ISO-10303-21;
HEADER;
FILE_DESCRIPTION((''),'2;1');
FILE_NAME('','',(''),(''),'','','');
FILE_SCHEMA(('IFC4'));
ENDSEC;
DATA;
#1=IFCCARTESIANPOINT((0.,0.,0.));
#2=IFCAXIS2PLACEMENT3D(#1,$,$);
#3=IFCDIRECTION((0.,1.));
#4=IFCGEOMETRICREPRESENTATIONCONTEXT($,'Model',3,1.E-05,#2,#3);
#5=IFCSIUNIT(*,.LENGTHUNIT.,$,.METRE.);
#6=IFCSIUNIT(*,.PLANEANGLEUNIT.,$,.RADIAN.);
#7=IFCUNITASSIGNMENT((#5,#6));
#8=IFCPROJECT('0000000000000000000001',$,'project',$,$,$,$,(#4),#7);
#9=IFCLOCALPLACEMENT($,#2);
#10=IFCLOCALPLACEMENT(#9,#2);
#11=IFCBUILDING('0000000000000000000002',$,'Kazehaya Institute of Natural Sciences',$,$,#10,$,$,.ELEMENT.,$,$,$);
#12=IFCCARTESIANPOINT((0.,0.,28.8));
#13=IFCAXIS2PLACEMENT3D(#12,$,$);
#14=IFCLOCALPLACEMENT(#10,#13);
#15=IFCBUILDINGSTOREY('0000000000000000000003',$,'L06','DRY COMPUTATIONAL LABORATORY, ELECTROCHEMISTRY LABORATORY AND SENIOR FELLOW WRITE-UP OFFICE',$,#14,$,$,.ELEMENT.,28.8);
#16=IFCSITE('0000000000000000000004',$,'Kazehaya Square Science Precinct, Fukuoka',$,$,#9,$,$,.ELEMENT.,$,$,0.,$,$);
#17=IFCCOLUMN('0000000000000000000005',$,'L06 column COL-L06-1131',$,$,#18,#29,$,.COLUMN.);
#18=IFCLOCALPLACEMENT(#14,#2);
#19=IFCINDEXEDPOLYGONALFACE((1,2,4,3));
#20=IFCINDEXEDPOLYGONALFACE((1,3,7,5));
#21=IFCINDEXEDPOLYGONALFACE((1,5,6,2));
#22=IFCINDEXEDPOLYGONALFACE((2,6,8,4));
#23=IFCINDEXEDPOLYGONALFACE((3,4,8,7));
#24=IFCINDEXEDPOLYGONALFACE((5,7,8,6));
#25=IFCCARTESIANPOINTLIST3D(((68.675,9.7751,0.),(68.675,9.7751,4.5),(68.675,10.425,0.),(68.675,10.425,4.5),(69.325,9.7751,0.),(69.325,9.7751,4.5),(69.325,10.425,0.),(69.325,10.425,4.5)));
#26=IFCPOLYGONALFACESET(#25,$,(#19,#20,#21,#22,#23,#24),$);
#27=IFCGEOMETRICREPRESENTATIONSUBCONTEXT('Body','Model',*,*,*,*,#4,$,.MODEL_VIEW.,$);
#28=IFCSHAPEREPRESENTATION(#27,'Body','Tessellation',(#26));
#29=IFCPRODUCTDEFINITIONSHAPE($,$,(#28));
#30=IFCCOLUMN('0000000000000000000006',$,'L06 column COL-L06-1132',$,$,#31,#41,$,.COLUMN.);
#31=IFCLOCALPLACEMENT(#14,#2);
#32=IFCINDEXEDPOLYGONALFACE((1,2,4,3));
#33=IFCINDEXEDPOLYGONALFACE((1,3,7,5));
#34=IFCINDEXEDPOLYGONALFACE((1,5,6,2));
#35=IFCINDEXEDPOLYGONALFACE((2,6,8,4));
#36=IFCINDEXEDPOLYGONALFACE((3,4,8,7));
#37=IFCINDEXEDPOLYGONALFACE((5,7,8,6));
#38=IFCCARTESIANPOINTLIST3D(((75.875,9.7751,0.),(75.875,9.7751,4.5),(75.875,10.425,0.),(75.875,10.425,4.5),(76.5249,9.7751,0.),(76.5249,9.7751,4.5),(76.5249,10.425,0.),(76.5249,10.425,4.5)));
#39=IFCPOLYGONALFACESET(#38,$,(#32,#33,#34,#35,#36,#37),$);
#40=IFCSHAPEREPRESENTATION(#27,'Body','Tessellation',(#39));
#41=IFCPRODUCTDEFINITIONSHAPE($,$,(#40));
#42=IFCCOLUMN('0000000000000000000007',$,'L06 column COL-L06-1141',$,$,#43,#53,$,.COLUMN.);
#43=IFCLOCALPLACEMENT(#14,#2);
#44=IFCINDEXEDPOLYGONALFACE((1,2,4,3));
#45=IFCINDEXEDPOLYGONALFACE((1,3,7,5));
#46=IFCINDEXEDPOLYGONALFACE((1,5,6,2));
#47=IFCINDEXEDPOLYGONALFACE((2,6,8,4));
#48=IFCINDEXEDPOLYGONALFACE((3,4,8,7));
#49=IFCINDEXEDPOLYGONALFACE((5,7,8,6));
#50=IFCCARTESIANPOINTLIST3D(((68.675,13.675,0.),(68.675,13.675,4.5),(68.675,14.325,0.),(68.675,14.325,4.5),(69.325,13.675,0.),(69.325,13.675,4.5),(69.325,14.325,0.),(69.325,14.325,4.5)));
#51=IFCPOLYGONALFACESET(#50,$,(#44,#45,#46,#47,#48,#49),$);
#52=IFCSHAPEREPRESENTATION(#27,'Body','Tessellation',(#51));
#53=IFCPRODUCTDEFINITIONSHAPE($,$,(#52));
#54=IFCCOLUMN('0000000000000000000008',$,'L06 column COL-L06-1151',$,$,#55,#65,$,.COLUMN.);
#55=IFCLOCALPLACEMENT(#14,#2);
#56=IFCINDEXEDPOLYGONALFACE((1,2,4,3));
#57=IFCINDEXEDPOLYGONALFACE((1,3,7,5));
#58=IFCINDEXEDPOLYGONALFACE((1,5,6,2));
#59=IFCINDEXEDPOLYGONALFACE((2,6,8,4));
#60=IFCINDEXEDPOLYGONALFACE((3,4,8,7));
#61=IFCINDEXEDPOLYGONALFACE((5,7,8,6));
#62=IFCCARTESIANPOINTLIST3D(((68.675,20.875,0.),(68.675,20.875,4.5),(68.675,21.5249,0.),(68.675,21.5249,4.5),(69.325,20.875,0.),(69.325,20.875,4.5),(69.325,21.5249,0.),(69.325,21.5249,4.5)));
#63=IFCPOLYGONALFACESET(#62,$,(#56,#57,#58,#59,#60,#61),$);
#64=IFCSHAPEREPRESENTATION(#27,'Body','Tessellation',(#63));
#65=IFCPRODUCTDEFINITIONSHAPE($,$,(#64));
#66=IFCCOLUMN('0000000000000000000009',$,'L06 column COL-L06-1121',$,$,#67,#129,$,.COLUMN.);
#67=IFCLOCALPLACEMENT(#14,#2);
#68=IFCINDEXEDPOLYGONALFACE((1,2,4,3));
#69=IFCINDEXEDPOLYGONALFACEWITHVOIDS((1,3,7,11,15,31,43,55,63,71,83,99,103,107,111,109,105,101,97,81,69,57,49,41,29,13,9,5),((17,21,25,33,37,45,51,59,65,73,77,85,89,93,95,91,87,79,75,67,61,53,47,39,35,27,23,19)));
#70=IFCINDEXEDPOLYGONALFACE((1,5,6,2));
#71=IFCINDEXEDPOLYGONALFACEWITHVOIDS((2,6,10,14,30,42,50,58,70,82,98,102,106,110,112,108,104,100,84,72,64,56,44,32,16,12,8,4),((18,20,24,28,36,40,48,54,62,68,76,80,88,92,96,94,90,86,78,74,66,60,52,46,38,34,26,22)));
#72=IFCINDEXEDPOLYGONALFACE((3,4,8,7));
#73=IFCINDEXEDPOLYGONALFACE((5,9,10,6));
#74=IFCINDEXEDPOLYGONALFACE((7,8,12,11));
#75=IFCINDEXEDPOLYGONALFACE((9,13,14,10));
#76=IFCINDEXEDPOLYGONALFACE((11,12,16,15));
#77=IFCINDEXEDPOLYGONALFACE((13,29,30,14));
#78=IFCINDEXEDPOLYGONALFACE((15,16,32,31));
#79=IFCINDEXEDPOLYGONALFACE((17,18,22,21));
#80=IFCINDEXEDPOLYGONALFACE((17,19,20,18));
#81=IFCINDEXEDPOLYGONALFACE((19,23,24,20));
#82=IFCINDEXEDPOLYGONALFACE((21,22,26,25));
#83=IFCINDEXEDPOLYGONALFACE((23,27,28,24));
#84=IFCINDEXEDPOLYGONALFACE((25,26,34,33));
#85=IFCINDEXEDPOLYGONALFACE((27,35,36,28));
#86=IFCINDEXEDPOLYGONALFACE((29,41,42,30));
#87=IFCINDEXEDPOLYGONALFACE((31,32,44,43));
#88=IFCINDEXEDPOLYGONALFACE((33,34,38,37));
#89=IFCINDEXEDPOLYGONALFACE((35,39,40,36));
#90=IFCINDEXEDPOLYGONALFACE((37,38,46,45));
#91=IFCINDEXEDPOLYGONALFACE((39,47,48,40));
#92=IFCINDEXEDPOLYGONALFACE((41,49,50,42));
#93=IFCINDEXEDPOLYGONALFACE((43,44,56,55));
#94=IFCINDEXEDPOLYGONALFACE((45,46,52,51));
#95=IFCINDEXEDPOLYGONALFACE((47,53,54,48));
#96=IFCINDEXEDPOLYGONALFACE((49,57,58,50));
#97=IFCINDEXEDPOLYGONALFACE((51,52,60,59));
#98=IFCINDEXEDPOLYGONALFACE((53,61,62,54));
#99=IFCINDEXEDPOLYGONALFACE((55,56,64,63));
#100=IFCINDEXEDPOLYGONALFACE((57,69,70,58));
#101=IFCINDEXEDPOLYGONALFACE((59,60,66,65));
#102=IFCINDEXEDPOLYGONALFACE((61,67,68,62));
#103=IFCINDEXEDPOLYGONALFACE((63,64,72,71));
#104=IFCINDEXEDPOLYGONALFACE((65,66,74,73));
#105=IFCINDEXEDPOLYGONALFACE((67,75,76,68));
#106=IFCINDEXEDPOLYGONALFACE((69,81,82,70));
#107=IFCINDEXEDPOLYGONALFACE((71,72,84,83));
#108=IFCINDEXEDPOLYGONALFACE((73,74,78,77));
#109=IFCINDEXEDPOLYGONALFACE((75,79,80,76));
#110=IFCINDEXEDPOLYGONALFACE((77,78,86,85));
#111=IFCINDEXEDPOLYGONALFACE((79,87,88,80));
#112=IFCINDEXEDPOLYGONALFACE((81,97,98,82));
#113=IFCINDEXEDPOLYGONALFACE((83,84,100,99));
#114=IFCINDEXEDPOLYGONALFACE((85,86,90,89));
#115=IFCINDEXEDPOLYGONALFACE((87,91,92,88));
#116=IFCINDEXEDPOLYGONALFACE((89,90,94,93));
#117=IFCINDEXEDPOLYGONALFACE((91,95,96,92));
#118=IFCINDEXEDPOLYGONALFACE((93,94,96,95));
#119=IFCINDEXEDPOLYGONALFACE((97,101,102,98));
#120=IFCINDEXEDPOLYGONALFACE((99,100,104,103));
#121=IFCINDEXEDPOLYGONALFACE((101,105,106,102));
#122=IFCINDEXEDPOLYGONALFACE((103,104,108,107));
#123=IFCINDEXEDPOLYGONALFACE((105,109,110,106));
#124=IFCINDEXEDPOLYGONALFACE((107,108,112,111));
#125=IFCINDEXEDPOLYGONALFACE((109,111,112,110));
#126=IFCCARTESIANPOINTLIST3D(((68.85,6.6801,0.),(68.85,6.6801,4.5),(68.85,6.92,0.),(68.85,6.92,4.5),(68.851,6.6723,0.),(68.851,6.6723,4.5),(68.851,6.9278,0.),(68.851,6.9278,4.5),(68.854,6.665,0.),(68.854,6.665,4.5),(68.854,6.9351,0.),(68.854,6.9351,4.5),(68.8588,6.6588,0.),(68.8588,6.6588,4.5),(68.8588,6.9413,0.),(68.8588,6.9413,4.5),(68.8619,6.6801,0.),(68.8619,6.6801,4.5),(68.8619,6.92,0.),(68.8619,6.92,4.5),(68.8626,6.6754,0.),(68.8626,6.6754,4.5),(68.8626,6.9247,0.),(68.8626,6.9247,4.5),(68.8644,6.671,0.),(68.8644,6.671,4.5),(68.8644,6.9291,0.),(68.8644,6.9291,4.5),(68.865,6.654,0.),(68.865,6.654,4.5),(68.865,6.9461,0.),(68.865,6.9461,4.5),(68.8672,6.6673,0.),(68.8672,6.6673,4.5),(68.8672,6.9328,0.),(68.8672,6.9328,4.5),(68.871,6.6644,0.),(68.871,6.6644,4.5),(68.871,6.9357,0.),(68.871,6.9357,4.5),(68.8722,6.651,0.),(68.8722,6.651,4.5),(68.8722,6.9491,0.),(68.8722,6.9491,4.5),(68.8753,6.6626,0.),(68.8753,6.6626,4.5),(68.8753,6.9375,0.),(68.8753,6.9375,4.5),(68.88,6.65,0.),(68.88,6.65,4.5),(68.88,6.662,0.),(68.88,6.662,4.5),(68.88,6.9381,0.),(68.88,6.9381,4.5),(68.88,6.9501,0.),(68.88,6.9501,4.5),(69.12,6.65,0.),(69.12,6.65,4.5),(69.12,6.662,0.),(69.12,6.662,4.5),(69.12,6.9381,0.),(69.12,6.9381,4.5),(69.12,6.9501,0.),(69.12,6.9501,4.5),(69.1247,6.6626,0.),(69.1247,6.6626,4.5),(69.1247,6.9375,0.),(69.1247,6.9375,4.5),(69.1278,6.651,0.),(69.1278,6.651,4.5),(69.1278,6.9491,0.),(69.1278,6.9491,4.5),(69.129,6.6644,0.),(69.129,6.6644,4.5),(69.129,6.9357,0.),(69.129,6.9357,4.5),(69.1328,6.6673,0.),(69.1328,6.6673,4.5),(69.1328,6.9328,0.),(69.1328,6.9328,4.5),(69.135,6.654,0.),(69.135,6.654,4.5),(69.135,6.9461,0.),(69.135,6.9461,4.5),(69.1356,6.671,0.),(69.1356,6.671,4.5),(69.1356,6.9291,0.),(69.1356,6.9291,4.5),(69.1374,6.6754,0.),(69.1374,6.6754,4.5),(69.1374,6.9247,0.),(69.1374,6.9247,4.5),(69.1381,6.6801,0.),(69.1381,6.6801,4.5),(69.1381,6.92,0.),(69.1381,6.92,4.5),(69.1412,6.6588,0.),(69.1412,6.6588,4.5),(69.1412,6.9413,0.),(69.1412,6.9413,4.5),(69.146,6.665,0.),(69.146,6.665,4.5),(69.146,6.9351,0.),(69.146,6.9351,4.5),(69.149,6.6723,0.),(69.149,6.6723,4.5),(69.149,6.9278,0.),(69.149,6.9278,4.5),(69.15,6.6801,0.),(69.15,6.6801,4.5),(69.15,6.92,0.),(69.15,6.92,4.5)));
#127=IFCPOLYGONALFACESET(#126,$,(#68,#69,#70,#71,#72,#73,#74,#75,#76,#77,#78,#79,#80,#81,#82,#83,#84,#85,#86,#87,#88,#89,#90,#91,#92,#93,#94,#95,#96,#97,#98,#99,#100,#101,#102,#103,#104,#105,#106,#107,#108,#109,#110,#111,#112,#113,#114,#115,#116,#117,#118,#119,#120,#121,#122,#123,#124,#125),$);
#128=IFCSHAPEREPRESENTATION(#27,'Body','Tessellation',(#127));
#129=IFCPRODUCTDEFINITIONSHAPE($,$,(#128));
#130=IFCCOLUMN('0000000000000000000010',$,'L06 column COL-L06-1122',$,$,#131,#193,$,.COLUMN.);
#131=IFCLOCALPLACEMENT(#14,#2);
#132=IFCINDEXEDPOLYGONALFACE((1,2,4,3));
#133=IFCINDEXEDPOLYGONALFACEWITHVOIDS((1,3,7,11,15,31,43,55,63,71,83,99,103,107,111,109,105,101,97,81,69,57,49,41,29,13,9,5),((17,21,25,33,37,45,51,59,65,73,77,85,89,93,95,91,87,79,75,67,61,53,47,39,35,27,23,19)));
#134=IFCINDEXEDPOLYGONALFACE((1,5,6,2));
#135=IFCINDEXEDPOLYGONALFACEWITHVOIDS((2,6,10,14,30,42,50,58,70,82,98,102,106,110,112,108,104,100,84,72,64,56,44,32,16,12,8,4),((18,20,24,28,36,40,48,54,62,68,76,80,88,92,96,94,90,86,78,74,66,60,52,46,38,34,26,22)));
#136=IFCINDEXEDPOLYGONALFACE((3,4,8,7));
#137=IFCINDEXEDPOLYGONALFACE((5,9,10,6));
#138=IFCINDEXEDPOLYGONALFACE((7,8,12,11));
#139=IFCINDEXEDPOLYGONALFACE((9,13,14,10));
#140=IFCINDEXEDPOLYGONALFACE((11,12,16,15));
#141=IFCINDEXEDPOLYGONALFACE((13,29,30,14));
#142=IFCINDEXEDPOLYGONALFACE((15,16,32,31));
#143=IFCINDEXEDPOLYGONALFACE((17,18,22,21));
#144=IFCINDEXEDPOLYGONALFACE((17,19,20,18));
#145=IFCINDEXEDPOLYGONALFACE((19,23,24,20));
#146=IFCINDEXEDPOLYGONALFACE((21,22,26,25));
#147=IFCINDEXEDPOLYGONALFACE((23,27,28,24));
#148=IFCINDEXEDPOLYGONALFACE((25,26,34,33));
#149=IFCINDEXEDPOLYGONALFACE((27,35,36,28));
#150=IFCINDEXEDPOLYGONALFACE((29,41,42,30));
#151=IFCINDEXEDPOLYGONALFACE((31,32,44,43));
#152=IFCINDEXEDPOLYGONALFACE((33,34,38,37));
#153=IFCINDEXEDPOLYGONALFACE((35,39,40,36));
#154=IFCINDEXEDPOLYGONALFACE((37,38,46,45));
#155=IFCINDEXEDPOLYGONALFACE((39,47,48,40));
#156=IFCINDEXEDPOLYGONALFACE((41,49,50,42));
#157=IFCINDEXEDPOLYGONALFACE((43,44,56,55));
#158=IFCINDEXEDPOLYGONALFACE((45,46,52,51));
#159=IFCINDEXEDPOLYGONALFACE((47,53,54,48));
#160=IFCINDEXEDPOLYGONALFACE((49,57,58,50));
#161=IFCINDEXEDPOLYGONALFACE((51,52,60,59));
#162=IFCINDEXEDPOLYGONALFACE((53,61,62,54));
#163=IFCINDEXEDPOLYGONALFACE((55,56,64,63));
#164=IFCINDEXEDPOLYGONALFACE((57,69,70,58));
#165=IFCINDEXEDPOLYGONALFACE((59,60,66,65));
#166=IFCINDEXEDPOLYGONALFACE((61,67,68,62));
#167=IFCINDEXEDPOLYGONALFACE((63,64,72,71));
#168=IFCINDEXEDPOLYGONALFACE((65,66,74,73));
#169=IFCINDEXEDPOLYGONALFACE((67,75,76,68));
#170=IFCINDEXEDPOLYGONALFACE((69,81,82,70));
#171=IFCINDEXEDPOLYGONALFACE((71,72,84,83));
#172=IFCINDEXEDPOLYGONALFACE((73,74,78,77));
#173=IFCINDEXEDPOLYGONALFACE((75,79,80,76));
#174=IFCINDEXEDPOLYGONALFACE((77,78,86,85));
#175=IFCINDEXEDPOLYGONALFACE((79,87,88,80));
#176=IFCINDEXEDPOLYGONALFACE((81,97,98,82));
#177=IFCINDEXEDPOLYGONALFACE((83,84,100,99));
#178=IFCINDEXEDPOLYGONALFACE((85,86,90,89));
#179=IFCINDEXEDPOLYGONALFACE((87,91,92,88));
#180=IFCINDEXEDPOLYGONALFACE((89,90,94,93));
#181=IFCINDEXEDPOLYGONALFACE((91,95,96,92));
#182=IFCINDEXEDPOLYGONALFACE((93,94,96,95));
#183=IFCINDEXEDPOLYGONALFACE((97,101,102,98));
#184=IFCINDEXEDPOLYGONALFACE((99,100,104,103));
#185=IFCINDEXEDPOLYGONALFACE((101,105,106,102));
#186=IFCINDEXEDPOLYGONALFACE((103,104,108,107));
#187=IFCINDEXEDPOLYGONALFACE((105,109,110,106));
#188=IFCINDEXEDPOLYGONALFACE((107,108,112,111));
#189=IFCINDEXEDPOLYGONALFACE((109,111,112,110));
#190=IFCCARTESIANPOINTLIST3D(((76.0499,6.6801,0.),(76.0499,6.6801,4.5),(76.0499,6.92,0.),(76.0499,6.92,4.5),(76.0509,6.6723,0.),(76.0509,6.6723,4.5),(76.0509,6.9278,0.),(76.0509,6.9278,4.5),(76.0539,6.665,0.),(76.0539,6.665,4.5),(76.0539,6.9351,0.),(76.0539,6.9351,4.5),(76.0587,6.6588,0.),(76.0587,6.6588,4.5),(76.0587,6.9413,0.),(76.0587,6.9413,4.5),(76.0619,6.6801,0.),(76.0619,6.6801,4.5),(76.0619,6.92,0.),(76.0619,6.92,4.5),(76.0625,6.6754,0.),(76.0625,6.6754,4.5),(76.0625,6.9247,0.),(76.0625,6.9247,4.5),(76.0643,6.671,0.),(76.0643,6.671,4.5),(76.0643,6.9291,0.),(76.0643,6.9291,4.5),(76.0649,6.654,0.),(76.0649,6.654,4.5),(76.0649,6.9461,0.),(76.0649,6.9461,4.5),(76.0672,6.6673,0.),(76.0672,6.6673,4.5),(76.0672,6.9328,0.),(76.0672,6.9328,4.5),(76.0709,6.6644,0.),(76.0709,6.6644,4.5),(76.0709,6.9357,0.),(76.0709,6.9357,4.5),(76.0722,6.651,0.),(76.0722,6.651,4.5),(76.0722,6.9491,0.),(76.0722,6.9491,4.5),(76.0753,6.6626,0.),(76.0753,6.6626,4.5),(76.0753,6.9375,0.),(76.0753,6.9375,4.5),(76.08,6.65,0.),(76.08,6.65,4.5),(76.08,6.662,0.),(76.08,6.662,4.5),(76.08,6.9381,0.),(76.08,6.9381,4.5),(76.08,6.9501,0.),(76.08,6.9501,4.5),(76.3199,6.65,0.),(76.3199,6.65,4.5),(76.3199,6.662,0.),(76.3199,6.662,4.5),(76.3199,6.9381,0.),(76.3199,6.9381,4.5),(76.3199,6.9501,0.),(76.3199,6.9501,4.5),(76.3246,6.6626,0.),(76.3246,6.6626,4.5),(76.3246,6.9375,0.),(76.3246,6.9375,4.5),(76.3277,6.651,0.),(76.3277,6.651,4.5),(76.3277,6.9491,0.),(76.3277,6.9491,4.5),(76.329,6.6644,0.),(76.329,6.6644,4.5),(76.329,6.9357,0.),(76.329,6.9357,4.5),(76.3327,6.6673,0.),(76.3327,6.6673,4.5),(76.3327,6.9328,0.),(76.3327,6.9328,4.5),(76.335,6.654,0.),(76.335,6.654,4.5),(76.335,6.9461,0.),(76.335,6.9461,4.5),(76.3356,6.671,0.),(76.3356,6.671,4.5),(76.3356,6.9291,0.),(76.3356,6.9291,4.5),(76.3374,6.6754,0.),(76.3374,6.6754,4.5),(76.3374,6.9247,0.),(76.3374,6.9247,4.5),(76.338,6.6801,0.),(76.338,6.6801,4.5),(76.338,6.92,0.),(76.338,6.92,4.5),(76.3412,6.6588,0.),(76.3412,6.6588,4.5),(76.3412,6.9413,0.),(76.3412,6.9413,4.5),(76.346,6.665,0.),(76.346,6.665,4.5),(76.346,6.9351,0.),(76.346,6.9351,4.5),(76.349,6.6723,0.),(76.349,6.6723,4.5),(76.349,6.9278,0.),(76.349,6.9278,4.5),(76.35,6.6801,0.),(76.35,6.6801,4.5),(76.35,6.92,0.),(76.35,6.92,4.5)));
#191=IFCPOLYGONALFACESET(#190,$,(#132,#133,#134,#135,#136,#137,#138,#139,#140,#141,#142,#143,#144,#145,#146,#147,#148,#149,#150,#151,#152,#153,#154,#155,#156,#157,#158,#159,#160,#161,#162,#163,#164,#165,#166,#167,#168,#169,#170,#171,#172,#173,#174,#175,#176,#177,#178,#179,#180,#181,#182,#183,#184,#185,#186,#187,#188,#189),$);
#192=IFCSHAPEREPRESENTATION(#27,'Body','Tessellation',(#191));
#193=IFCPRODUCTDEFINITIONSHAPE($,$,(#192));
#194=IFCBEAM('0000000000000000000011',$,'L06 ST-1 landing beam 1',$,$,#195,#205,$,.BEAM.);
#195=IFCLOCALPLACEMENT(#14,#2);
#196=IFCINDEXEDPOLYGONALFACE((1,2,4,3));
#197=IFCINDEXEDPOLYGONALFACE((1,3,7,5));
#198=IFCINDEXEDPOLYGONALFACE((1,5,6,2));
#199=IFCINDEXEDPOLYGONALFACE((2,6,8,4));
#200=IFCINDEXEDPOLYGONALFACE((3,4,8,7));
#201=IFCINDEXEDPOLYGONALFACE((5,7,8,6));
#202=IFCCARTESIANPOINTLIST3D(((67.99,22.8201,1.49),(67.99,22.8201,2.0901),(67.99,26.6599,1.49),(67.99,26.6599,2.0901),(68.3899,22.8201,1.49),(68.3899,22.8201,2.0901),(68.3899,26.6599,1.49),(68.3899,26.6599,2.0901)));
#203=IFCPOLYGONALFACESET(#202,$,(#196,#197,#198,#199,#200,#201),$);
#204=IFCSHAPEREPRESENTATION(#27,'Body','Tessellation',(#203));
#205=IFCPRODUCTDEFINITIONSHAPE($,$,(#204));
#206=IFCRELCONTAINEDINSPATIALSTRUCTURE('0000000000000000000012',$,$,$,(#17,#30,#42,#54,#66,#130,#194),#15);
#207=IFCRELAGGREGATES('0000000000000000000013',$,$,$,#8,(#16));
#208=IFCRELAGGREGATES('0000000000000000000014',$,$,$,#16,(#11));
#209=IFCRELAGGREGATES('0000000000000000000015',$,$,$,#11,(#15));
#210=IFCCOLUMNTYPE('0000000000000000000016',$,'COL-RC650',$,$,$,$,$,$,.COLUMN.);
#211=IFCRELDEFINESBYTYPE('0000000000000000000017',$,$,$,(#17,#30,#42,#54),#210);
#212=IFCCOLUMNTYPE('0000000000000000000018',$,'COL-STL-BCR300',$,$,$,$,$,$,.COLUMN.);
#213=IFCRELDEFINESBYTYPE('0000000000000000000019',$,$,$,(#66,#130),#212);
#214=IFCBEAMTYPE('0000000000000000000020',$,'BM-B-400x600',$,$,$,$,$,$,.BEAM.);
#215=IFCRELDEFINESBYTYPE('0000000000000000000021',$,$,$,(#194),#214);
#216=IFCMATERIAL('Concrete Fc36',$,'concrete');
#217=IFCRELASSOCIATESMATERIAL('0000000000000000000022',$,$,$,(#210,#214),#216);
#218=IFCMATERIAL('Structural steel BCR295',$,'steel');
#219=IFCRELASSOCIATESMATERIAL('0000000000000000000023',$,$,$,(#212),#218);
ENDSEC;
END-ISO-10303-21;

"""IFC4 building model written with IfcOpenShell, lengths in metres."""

from ifc_helpers import new_model, si_unit, direction, frame, origin, origin_2d, place, context, subcontext, project, spatial, rectangle, hollow_rectangle, extrude, material, material_profile, profile_set, type_object, element, save


model = new_model("IFC4")

# Units and contexts
model_context = context("Model", 3, precision=1e-05, world=origin(), true_north=direction((0.0, 1.0)))
body_context = subcontext(model_context, "Body", "Model", "MODEL_VIEW")
ifc_project = project(units=[si_unit("LENGTHUNIT", "METRE"), si_unit("PLANEANGLEUNIT", "RADIAN")], contexts=[model_context])

# Site, building, storey
site_placement = place(None, origin())
site = spatial("IfcSite", under=ifc_project, at=site_placement, Name="Kazehaya Square Science Precinct, Fukuoka", CompositionType="ELEMENT", RefElevation=0.0)
building_placement = place(site_placement, origin())
building = spatial("IfcBuilding", under=site, at=building_placement, Name="Kazehaya Institute of Natural Sciences", CompositionType="ELEMENT")
storey_placement = place(building_placement, frame((0.0, 0.0, 28.8)))
storey = spatial("IfcBuildingStorey", under=building, at=storey_placement, Name="L06", Description="DRY COMPUTATIONAL LABORATORY, ELECTROCHEMISTRY LABORATORY AND SENIOR FELLOW WRITE-UP OFFICE", CompositionType="ELEMENT", Elevation=28.8)

# Columns
ifc_material_1 = material(Name="Concrete Fc36", Category="concrete")
ifc_material_profile_1 = material_profile(ifc_material_1, rectangle(XDim=0.6499, YDim=0.6499, at=origin_2d()), Name="RC-650x650")
ifc_profile_set_1 = profile_set([ifc_material_profile_1], Name="Concrete Fc36")
column_type_1 = type_object("IfcColumnType", Name="COL-RC650", PredefinedType="COLUMN", material=ifc_profile_set_1)
for number, where, z_axis, x_axis, name in (
    (1, (69.0, 10.1001, 0.0), (0.0, 0.0, 1.0), (1.0, 0.0, 0.0), "L06 column COL-L06-1131"),
    (2, (76.2, 10.1001, 0.0), (0.0, 0.0, 1.0), (1.0, 0.0, 0.0), "L06 column COL-L06-1132"),
    (3, (69.0, 14.0, 0.0), (0.0, 0.0, 1.0), (1.0, 0.0, 0.0), "L06 column COL-L06-1141"),
    (4, (69.0, 21.2, 0.0), (0.0, 0.0, 1.0), (1.0, 0.0, 0.0), "L06 column COL-L06-1151"),
):
    element("IfcColumn", number, at=place(storey_placement, frame(where, z_axis=z_axis, x_axis=x_axis)), inside=storey, type_object=column_type_1, Name=name, PredefinedType="COLUMN", context=body_context, shape_type="SweptSolid", body=[
        extrude(rectangle(XDim=0.6499, YDim=0.6499, at=origin_2d()), origin(), (0.0, 0.0, 1.0), 4.5),
    ])
ifc_material_2 = material(Name="Structural steel BCR295", Category="steel")
ifc_material_profile_2 = material_profile(ifc_material_2, hollow_rectangle(XDim=0.3, YDim=0.3, WallThickness=0.012, InnerFilletRadius=0.0181, OuterFilletRadius=0.03, at=origin_2d()), Name="BCR-300x300x12")
ifc_profile_set_2 = profile_set([ifc_material_profile_2], Name="Structural steel BCR295")
column_type_2 = type_object("IfcColumnType", Name="COL-STL-BCR300", PredefinedType="COLUMN", material=ifc_profile_set_2)
for number, where, z_axis, x_axis, name in (
    (5, (69.0, 6.8, 0.0), (0.0, 0.0, 1.0), (1.0, 0.0, 0.0), "L06 column COL-L06-1121"),
    (6, (76.2, 6.8, 0.0), (0.0, 0.0, 1.0), (1.0, 0.0, 0.0), "L06 column COL-L06-1122"),
):
    element("IfcColumn", number, at=place(storey_placement, frame(where, z_axis=z_axis, x_axis=x_axis)), inside=storey, type_object=column_type_2, Name=name, PredefinedType="COLUMN", context=body_context, shape_type="SweptSolid", body=[
        extrude(hollow_rectangle(XDim=0.3, YDim=0.3, WallThickness=0.012, InnerFilletRadius=0.0181, OuterFilletRadius=0.03, at=origin_2d()), origin(), (0.0, 0.0, 1.0), 4.5),
    ])

# Beam
ifc_material_profile_3 = material_profile(ifc_material_1, rectangle(XDim=0.3999, YDim=0.6001, at=origin_2d()), Name="RC-400x600")
ifc_profile_set_3 = profile_set([ifc_material_profile_3], Name="Concrete Fc36")
beam_type_1 = type_object("IfcBeamType", Name="BM-B-400x600", PredefinedType="BEAM", material=ifc_profile_set_3)
for number, where, z_axis, x_axis, name in (
    (7, (68.1899, 22.8201, 1.79), (0.0, 1.0, 0.0), (-1.0, 0.0, 0.0), "L06 ST-1 landing beam 1"),
):
    element("IfcBeam", number, at=place(storey_placement, frame(where, z_axis=z_axis, x_axis=x_axis)), inside=storey, type_object=beam_type_1, Name=name, PredefinedType="BEAM", context=body_context, shape_type="SweptSolid", body=[
        extrude(rectangle(XDim=0.3999, YDim=0.6001, at=origin_2d()), origin(), (0.0, 0.0, 1.0), 3.8398),
    ])

save(model, "model.ifc")
